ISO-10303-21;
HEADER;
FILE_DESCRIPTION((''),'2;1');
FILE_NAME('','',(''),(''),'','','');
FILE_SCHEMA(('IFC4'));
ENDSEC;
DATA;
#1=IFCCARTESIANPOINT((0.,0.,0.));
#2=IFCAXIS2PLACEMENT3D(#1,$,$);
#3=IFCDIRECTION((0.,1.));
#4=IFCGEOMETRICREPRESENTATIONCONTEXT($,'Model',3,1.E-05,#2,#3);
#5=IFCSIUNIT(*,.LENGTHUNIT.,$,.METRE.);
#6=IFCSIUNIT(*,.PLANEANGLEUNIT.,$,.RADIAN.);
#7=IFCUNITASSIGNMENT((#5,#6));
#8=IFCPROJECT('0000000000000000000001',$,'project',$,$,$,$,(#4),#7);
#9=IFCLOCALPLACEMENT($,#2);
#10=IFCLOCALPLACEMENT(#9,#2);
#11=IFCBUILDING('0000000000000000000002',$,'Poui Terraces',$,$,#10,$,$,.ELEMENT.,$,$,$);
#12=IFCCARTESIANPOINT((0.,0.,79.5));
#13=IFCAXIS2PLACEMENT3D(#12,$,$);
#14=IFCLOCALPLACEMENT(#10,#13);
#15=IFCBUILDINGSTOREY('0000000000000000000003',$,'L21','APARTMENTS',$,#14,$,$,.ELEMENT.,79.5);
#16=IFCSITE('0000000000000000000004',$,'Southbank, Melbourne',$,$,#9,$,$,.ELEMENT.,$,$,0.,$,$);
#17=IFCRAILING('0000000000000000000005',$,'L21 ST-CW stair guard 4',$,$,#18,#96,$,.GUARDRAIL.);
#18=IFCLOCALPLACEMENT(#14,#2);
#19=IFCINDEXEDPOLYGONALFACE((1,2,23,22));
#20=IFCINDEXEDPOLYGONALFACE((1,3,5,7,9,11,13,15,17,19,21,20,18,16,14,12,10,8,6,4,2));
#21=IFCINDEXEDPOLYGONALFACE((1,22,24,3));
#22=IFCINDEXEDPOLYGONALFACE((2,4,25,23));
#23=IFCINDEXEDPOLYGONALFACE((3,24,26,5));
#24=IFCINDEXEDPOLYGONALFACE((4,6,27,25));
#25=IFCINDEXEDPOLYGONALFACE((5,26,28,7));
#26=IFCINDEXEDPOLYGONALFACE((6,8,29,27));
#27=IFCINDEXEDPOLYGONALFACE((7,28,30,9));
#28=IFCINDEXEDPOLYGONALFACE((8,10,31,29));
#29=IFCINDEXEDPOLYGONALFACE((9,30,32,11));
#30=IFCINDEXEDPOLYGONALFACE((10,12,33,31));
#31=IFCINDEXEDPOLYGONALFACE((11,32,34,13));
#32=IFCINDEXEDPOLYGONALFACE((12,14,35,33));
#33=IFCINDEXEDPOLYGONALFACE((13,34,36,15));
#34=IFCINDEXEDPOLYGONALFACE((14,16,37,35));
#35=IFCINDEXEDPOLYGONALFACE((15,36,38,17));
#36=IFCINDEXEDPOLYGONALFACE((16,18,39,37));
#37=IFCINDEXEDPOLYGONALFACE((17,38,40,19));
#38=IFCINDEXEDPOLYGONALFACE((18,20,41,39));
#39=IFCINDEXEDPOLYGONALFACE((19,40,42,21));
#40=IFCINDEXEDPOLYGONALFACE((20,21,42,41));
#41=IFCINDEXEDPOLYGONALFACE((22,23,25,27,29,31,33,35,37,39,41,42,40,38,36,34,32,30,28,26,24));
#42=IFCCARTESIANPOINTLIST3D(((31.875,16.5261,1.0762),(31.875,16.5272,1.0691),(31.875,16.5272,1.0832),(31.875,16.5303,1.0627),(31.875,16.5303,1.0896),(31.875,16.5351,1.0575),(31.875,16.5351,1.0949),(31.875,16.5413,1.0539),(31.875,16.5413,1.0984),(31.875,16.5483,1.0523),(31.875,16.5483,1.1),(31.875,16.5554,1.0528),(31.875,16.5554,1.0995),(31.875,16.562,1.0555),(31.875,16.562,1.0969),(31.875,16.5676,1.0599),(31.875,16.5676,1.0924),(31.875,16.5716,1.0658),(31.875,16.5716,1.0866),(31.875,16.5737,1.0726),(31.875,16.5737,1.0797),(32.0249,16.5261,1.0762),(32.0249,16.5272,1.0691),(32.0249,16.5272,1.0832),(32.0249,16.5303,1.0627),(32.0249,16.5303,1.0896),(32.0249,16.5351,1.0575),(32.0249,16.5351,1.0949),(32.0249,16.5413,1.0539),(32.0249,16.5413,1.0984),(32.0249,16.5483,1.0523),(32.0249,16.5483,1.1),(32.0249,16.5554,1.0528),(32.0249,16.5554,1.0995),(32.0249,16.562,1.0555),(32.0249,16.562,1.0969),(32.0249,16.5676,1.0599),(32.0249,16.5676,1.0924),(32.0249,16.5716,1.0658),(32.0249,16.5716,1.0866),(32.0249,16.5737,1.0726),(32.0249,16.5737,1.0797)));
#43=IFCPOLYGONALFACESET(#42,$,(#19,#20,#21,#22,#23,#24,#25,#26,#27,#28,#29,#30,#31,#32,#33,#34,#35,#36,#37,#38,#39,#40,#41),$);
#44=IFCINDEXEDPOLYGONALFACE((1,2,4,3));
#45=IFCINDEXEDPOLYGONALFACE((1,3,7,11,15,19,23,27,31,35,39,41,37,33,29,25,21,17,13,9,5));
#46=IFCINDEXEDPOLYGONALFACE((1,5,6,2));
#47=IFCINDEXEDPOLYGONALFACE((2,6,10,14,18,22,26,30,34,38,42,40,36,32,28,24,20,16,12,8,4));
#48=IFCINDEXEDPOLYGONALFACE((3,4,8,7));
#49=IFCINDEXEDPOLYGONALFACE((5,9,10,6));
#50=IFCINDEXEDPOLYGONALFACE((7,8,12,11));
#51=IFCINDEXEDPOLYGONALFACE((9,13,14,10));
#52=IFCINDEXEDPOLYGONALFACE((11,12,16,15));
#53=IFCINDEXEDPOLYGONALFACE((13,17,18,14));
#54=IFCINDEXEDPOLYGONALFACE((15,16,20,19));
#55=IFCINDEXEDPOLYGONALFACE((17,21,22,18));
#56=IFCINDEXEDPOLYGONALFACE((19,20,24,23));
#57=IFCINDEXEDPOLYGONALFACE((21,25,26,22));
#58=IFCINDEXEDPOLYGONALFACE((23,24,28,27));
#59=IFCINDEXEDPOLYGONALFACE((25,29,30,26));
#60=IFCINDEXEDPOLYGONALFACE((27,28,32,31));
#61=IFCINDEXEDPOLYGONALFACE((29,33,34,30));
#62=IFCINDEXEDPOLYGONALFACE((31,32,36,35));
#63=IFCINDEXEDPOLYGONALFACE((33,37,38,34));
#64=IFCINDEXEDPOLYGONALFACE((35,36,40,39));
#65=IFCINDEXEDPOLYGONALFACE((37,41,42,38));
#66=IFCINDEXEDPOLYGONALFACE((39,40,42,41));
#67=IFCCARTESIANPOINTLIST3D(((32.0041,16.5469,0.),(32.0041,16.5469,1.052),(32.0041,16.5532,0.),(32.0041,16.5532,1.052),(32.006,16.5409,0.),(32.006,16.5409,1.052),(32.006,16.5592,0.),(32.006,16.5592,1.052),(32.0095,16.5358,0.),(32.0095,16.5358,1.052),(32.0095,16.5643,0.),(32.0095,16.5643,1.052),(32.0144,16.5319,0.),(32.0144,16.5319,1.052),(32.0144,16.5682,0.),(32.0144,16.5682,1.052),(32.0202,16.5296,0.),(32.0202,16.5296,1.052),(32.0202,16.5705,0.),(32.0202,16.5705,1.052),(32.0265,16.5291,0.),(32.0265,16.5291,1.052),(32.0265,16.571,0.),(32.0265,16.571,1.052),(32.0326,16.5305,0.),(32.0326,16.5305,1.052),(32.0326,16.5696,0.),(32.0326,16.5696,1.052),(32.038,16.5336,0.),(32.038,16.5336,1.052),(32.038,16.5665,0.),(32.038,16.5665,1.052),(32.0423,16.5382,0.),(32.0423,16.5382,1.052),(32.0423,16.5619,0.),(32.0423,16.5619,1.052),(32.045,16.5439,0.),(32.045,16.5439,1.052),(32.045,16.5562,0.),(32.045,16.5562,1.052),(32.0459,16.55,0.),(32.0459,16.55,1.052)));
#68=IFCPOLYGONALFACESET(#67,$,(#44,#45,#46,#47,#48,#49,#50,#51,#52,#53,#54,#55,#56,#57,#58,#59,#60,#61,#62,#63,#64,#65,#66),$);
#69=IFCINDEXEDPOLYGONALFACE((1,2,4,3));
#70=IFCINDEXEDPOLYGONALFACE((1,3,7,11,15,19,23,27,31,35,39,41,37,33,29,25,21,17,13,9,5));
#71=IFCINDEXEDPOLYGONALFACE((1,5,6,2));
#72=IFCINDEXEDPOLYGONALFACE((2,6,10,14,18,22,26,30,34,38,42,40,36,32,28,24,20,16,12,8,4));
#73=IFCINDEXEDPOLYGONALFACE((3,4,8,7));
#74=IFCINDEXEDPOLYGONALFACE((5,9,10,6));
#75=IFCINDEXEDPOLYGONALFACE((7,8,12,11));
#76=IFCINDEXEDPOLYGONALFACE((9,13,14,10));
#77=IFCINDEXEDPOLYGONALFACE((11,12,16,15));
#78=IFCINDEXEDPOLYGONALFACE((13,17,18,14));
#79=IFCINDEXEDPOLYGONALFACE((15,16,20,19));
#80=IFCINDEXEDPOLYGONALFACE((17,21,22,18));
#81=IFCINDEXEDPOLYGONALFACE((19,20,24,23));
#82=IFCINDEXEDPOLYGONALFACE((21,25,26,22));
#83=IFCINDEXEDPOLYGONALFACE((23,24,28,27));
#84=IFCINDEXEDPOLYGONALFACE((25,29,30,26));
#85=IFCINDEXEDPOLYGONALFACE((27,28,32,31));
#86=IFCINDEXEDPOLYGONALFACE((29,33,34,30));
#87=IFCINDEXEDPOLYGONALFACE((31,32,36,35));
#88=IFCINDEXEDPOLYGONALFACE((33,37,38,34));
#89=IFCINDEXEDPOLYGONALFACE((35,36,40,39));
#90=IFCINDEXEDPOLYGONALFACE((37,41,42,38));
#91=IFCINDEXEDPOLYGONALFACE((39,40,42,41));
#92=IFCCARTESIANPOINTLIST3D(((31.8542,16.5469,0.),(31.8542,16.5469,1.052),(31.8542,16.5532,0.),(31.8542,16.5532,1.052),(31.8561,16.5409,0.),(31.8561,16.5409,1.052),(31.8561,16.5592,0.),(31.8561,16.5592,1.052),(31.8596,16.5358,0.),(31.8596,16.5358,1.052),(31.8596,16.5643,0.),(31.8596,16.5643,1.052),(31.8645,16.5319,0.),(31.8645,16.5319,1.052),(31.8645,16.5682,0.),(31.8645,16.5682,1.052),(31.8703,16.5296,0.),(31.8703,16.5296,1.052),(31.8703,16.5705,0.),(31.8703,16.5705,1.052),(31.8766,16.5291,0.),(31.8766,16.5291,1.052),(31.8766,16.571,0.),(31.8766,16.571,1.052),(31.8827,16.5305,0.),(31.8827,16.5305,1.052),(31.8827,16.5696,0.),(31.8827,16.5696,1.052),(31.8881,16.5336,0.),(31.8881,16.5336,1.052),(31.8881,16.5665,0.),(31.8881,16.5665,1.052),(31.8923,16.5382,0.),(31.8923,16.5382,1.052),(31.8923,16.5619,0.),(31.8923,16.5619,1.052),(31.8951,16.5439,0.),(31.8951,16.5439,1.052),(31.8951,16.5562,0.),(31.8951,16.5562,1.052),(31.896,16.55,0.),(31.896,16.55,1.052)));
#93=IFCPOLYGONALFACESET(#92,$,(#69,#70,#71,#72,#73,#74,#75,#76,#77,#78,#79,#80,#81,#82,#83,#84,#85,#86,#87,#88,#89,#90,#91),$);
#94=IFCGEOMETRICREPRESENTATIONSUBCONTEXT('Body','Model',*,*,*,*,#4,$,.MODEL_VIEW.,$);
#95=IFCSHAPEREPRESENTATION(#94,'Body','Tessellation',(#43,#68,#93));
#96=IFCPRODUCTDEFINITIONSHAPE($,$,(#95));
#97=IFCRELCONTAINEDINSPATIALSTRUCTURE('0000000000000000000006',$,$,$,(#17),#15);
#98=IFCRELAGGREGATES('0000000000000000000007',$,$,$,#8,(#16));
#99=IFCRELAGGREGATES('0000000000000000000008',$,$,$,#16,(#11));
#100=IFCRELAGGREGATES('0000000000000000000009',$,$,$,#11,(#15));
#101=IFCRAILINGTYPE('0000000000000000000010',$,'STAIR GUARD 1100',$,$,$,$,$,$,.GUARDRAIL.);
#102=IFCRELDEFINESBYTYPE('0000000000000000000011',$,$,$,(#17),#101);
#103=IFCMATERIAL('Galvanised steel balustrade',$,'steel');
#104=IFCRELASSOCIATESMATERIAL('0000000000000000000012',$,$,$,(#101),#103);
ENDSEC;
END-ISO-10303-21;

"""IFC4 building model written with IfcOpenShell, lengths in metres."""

from ifc_helpers import new_model, si_unit, direction, frame, origin, origin_2d, place, context, subcontext, project, spatial, circle, extrude, material, type_object, element, save


model = new_model("IFC4")

# Units and contexts
model_context = context("Model", 3, precision=1e-05, world=origin(), true_north=direction((0.0, 1.0)))
body_context = subcontext(model_context, "Body", "Model", "MODEL_VIEW")
ifc_project = project(units=[si_unit("LENGTHUNIT", "METRE"), si_unit("PLANEANGLEUNIT", "RADIAN")], contexts=[model_context])

# Site, building, storey
site_placement = place(None, origin())
site = spatial("IfcSite", under=ifc_project, at=site_placement, Name="Southbank, Melbourne", CompositionType="ELEMENT", RefElevation=0.0)
building_placement = place(site_placement, origin())
building = spatial("IfcBuilding", under=site, at=building_placement, Name="Poui Terraces", CompositionType="ELEMENT")
storey_placement = place(building_placement, frame((0.0, 0.0, 79.5)))
storey = spatial("IfcBuildingStorey", under=building, at=storey_placement, Name="L21", Description="APARTMENTS", CompositionType="ELEMENT", Elevation=79.5)

# Railing
ifc_material_1 = material(Name="Galvanised steel balustrade", Category="steel")
railing_type_1 = type_object("IfcRailingType", Name="STAIR GUARD 1100", PredefinedType="GUARDRAIL", material=ifc_material_1)
railing_1_placement = place(storey_placement, frame((32.0249, 16.55, 0.0)))
element("IfcRailing", 1, at=railing_1_placement, inside=storey, type_object=railing_type_1, Name="L21 ST-CW stair guard 4", PredefinedType="GUARDRAIL", context=body_context, shape_type="SweptSolid", body=[
    extrude(circle(Radius=0.0239, at=origin_2d()), frame((0.0, 0.0, 1.0762), z_axis=(-1.0, 0.0, 0.0), x_axis=(0.0, -1.0, 0.0)), (0.0, 0.0, 1.0), 0.1499),
    extrude(circle(Radius=0.021, at=origin_2d()), origin(), (0.0, 0.0, 1.0), 1.052),
    extrude(circle(Radius=0.021, at=origin_2d()), frame((-0.1499, 0.0, 0.0)), (0.0, 0.0, 1.0), 1.052),
])

save(model, "model.ifc")
